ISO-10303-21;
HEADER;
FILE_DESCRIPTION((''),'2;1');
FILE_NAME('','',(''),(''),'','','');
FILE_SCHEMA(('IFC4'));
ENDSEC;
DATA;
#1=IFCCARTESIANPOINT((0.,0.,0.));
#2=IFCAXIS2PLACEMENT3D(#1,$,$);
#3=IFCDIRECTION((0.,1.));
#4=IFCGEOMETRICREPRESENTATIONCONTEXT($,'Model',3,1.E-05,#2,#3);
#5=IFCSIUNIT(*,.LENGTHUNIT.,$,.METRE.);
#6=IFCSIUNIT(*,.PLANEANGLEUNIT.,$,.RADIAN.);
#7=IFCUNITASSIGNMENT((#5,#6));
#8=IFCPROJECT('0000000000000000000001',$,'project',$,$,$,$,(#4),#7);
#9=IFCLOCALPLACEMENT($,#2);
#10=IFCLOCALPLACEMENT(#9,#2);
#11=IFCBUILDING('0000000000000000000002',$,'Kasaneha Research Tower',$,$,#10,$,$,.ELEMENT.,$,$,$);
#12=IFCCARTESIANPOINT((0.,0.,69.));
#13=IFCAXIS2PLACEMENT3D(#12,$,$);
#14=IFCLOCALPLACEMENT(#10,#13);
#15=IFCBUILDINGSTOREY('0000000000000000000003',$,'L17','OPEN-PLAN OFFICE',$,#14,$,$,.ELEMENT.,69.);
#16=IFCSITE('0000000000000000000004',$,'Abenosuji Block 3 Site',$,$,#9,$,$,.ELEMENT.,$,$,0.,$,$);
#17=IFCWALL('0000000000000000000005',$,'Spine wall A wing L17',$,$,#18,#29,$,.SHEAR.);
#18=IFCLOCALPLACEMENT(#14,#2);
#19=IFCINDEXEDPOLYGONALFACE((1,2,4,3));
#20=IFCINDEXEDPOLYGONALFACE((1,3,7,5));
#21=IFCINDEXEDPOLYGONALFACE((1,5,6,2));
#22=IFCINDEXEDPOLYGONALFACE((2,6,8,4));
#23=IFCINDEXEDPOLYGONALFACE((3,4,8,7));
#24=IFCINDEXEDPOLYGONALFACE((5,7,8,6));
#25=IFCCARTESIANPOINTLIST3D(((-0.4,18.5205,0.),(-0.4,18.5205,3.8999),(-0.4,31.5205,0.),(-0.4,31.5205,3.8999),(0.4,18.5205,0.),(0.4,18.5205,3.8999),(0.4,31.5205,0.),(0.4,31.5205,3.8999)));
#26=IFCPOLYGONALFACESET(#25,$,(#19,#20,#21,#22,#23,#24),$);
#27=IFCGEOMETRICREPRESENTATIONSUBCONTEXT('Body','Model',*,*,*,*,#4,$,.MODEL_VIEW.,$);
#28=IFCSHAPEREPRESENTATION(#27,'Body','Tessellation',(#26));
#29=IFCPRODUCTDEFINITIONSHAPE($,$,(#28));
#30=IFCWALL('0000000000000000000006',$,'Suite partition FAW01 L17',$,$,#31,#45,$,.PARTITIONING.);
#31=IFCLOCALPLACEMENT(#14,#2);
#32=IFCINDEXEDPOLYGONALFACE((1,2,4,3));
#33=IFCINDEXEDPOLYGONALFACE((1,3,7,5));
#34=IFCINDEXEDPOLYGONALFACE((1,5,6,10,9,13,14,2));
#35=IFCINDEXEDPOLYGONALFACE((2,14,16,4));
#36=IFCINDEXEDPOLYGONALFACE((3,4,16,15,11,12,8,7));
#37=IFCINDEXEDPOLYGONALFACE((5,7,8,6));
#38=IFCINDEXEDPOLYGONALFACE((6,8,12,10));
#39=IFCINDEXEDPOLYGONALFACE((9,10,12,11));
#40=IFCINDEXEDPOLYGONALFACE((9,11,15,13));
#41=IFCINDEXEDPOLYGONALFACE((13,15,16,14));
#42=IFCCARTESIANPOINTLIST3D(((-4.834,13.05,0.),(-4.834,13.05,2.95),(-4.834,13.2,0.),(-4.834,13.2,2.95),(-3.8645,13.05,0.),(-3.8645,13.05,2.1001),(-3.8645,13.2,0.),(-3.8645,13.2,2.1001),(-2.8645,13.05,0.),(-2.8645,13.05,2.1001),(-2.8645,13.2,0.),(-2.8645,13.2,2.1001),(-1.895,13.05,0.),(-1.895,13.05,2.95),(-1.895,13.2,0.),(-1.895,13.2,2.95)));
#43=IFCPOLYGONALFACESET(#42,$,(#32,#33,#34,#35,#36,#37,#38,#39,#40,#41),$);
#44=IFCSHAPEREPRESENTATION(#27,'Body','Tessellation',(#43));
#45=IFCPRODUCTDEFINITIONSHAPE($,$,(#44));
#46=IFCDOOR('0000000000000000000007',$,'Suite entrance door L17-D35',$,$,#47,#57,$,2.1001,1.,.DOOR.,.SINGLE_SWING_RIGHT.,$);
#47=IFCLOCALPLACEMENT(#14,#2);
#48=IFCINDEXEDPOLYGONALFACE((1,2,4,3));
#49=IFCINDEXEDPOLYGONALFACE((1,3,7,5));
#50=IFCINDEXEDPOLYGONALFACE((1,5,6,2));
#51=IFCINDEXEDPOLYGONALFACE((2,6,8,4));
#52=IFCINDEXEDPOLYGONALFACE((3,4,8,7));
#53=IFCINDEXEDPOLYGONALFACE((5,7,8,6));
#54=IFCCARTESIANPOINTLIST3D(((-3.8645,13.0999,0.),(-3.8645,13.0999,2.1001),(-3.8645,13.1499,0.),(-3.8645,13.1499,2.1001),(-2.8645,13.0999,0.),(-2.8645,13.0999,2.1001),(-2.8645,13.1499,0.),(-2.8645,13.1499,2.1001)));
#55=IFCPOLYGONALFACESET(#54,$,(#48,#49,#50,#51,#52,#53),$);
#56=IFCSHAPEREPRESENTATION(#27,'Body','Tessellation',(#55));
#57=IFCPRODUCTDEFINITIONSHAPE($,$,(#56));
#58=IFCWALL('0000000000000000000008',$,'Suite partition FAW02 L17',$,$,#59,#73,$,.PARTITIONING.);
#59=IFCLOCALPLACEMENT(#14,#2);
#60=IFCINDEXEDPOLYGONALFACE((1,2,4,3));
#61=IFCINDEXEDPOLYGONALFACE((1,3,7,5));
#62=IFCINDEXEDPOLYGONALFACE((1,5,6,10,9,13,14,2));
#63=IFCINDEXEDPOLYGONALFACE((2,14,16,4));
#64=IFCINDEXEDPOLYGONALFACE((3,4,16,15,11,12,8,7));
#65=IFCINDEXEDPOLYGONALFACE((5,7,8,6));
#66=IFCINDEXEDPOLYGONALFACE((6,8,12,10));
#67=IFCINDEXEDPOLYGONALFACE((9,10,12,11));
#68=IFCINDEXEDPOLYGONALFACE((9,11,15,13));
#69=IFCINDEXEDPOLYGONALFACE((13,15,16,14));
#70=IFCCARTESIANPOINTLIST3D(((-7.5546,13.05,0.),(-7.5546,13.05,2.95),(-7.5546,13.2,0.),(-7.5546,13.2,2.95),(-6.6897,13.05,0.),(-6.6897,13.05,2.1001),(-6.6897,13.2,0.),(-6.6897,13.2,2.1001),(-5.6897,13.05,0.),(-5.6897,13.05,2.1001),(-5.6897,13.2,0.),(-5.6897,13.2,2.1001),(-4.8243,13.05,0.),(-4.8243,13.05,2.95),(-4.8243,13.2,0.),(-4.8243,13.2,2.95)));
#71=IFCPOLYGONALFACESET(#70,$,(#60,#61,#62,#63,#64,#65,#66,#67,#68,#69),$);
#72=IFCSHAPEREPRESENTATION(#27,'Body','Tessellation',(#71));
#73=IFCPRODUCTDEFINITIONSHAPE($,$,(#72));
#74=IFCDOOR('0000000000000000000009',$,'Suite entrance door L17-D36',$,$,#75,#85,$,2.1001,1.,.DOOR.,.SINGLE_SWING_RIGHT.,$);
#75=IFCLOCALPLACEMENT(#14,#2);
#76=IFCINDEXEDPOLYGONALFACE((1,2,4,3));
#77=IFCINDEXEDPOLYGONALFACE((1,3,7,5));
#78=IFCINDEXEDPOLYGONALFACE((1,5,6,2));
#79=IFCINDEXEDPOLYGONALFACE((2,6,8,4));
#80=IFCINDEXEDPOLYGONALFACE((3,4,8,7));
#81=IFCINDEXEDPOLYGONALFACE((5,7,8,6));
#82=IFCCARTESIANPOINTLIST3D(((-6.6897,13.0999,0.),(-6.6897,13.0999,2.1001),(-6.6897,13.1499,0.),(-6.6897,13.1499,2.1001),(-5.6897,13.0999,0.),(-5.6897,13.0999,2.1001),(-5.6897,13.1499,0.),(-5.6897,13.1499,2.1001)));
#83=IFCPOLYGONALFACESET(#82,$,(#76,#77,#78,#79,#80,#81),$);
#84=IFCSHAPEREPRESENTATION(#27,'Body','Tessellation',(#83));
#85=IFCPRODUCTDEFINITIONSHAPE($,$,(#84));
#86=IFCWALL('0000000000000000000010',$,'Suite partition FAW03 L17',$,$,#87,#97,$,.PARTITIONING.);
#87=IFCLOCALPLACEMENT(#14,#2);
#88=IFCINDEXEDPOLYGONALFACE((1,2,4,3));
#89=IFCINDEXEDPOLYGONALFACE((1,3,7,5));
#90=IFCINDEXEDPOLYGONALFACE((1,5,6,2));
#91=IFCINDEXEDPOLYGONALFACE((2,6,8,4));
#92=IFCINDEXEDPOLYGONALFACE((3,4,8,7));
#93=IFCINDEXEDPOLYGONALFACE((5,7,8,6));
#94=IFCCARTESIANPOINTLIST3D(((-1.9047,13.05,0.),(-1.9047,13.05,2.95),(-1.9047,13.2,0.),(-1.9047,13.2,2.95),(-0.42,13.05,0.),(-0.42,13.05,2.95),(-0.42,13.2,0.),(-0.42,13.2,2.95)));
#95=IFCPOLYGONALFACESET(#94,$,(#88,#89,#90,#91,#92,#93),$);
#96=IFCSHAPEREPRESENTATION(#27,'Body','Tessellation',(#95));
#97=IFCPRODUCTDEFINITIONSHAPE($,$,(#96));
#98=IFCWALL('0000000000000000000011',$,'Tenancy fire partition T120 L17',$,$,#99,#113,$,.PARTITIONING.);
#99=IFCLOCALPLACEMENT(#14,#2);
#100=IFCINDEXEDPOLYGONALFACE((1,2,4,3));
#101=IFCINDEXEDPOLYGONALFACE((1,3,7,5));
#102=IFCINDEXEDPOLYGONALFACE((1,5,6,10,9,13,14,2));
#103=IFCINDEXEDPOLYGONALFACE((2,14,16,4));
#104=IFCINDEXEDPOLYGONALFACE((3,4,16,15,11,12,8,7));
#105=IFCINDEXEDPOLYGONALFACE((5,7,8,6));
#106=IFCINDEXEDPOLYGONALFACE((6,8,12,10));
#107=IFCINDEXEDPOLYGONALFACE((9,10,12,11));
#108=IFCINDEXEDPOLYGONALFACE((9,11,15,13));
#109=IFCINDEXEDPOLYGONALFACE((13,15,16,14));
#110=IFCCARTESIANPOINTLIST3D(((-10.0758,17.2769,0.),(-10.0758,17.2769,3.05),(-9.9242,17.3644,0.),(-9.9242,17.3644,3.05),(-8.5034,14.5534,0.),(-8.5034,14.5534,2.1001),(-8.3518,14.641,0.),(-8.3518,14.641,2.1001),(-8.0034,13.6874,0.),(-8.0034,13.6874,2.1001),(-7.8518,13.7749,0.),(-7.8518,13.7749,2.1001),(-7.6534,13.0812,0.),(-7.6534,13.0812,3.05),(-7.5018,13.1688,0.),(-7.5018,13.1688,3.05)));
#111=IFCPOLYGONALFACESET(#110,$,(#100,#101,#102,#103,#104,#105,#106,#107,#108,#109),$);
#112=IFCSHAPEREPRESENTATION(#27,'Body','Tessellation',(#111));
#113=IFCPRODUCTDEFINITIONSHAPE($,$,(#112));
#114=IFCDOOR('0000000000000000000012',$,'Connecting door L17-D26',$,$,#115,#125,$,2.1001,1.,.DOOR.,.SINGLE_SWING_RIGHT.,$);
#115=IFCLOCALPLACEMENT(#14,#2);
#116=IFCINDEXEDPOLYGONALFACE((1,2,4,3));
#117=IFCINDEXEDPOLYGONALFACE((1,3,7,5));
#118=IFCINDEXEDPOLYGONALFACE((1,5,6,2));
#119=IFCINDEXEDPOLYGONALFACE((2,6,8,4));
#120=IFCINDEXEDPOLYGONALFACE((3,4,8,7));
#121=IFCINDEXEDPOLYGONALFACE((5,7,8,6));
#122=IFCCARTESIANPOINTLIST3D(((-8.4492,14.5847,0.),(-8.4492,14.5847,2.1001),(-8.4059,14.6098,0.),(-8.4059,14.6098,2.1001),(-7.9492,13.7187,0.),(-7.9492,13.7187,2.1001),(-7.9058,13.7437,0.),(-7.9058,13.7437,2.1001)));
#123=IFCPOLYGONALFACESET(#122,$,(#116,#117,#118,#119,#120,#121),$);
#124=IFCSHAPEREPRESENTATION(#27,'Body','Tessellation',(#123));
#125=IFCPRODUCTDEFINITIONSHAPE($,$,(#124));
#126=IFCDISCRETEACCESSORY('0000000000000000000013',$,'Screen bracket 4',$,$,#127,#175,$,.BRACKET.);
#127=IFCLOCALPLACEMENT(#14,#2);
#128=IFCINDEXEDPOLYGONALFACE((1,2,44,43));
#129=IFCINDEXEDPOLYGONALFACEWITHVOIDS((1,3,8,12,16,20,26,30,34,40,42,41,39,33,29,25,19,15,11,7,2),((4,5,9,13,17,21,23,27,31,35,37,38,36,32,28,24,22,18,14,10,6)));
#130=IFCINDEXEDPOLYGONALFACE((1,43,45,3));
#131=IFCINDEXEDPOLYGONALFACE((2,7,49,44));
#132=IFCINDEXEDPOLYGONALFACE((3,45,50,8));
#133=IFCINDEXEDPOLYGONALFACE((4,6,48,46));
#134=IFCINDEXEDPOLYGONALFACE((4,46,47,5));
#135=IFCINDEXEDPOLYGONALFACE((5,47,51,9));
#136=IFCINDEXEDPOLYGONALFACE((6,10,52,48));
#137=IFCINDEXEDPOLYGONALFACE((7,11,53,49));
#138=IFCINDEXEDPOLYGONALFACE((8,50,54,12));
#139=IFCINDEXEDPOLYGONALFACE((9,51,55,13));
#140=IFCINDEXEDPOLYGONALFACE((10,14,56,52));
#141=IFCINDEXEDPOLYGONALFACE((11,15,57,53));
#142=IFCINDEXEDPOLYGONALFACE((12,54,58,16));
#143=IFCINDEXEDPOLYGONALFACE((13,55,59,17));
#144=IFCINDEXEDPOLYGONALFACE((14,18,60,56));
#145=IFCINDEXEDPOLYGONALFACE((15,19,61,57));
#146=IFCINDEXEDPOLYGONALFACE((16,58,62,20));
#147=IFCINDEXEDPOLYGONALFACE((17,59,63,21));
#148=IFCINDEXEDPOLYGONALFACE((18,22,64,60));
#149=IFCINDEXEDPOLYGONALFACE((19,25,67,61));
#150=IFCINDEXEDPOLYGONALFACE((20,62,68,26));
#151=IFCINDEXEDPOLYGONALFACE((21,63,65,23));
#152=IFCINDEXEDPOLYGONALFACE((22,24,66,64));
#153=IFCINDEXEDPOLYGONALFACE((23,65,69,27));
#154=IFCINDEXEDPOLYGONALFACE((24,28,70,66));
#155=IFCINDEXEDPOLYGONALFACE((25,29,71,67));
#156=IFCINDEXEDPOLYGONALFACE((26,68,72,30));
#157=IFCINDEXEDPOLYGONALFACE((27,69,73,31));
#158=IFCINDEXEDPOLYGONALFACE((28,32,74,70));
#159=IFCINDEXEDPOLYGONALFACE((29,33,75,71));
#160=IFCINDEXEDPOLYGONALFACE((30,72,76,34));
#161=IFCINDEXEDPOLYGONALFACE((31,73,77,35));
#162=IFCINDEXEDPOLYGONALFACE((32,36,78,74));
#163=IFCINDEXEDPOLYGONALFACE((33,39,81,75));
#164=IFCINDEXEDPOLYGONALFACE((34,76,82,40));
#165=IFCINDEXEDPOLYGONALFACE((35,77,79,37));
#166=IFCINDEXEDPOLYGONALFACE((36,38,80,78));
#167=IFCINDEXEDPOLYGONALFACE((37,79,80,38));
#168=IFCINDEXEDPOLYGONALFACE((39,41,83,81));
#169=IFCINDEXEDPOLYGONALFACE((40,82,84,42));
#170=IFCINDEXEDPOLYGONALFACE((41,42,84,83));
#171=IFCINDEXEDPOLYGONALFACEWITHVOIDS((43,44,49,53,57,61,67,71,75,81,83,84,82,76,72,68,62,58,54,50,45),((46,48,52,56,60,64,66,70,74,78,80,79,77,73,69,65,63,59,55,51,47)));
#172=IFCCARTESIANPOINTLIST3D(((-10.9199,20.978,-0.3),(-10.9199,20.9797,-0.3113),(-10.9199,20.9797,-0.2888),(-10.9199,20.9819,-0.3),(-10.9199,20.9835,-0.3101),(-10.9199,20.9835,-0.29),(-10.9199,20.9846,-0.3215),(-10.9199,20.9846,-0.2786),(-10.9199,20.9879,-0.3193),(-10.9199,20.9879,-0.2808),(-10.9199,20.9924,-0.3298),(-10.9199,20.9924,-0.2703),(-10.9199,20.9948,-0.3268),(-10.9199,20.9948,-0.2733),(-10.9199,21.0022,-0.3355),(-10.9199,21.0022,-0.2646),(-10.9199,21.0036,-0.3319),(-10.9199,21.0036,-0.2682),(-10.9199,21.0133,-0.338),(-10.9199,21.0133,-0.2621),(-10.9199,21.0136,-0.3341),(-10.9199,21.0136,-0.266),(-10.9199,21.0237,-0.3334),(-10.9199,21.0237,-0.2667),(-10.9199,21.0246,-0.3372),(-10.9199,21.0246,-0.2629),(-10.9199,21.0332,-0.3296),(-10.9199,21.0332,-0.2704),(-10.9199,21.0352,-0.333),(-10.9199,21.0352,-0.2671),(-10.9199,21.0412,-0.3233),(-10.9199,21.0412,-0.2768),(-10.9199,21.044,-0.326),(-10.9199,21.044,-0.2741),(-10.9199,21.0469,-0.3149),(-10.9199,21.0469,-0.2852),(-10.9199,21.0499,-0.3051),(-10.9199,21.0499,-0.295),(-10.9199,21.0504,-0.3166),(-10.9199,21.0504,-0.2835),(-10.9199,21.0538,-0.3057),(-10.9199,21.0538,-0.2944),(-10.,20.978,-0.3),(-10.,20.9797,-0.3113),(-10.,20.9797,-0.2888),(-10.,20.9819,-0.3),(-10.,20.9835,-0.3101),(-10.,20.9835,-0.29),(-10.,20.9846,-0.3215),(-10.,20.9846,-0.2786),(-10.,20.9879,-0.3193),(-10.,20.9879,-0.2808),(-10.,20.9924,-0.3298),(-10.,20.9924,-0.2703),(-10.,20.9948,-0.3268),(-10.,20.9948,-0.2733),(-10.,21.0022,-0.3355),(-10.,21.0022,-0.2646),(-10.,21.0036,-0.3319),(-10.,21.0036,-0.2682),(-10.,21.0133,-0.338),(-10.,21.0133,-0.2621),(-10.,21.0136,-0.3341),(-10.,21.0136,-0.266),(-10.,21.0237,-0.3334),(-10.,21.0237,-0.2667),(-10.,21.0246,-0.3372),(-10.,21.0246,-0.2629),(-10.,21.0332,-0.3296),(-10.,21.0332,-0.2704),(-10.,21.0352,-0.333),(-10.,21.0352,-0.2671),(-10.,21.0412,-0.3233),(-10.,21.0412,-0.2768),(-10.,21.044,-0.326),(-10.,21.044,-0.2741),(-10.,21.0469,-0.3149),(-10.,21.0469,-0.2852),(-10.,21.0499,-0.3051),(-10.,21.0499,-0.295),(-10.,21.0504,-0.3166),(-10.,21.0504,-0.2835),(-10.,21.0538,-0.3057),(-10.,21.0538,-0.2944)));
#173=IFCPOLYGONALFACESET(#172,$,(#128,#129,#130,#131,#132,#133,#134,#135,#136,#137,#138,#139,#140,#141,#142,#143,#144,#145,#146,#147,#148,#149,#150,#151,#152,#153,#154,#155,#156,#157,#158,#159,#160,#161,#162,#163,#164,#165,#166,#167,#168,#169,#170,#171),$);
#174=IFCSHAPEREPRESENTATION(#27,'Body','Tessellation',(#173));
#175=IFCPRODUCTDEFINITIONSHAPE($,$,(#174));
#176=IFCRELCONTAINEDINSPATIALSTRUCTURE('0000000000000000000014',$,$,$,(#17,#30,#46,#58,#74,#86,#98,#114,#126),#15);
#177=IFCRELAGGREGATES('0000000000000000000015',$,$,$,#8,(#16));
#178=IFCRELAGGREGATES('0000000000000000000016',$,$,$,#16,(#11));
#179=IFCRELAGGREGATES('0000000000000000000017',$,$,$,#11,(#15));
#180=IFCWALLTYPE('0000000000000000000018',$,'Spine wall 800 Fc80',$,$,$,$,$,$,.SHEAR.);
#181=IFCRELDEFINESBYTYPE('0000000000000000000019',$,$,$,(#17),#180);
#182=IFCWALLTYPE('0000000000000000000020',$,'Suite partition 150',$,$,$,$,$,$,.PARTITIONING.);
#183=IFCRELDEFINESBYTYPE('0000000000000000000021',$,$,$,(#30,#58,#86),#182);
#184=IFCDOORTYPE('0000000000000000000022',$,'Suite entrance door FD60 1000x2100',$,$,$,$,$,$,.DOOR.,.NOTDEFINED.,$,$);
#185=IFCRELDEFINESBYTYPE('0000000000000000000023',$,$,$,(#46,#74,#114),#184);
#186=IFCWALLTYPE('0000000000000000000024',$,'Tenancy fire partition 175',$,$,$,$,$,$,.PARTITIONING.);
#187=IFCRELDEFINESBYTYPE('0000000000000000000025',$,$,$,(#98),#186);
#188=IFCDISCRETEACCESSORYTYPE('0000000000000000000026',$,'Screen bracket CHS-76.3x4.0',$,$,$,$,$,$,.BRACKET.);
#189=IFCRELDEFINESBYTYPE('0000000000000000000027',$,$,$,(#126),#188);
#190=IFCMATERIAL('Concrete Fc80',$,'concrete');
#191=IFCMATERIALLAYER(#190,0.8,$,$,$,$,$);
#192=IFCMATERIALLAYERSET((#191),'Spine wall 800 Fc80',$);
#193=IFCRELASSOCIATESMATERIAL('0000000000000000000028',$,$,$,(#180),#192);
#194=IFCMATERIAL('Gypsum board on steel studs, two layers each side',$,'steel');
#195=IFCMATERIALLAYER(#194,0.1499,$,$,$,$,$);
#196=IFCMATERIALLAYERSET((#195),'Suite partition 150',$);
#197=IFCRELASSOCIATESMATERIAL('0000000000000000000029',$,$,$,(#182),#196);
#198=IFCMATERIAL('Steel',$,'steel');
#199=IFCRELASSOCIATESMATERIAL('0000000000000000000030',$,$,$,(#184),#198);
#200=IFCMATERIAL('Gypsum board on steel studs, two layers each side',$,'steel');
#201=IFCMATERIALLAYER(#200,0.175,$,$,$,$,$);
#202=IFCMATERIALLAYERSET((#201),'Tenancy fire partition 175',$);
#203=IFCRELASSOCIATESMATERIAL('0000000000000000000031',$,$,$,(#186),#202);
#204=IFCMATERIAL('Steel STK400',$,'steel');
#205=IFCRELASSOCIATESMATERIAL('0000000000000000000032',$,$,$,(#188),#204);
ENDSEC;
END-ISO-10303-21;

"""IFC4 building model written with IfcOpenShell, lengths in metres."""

from ifc_helpers import new_model, si_unit, direction, frame, frame_2d, origin, origin_2d, place, context, subcontext, project, spatial, rectangle, hollow_circle, extrude, material, layer, layer_set, material_profile, profile_set, type_object, element, fill, save


model = new_model("IFC4")

# Units and contexts
model_context = context("Model", 3, precision=1e-05, world=origin(), true_north=direction((0.0, 1.0)))
body_context = subcontext(model_context, "Body", "Model", "MODEL_VIEW")
ifc_project = project(units=[si_unit("LENGTHUNIT", "METRE"), si_unit("PLANEANGLEUNIT", "RADIAN")], contexts=[model_context])

# Site, building, storey
site_placement = place(None, origin())
site = spatial("IfcSite", under=ifc_project, at=site_placement, Name="Abenosuji Block 3 Site", CompositionType="ELEMENT", RefElevation=0.0)
building_placement = place(site_placement, origin())
building = spatial("IfcBuilding", under=site, at=building_placement, Name="Kasaneha Research Tower", CompositionType="ELEMENT")
storey_placement = place(building_placement, frame((0.0, 0.0, 69.0)))
storey = spatial("IfcBuildingStorey", under=building, at=storey_placement, Name="L17", Description="OPEN-PLAN OFFICE", CompositionType="ELEMENT", Elevation=69.0)

# Wall
ifc_material_1 = material(Name="Concrete Fc80", Category="concrete")
ifc_layer_1 = layer(ifc_material_1, 0.8)
ifc_layer_set_1 = layer_set([ifc_layer_1], Name="Spine wall 800 Fc80")
wall_type_1 = type_object("IfcWallType", Name="Spine wall 800 Fc80", PredefinedType="SHEAR", material=ifc_layer_set_1)
wall_1_placement = place(storey_placement, frame((0.0, 18.5205, 0.0), z_axis=(0.0, 0.0, 1.0), x_axis=(0.0, 1.0, 0.0)))
element("IfcWall", 1, at=wall_1_placement, inside=storey, type_object=wall_type_1, Name="Spine wall A wing L17", PredefinedType="SHEAR", context=body_context, shape_type="SweptSolid", body=[
    extrude(rectangle(XDim=13.0, YDim=0.8, at=frame_2d((6.5, 0.0))), origin(), (0.0, 0.0, 1.0), 3.8999),
])

# Walls, openings, doors
ifc_material_2 = material(Name="Gypsum board on steel studs, two layers each side", Category="steel")
ifc_layer_2 = layer(ifc_material_2, 0.1499)
ifc_layer_set_2 = layer_set([ifc_layer_2], Name="Suite partition 150")
wall_type_2 = type_object("IfcWallType", Name="Suite partition 150", PredefinedType="PARTITIONING", material=ifc_layer_set_2)
wall_2_placement = place(storey_placement, frame((-4.834, 13.125, 0.0), z_axis=(0.0, 0.0, 1.0), x_axis=(1.0, 0.0, 0.0)))
wall_2 = element("IfcWall", 2, at=wall_2_placement, inside=storey, type_object=wall_type_2, Name="Suite partition FAW01 L17", PredefinedType="PARTITIONING", context=body_context, shape_type="SweptSolid", body=[
    extrude(rectangle(XDim=2.939, YDim=0.1499, at=frame_2d((1.4695, 0.0))), origin(), (0.0, 0.0, 1.0), 2.95),
])
opening_1_placement = place(wall_2_placement, frame((0.9695, 0.0, 0.0)))
opening_1 = element("IfcOpeningElement", 3, at=opening_1_placement, cuts=wall_2, PredefinedType="OPENING", context=body_context, shape_type="SweptSolid", body=[
    extrude(rectangle(XDim=1.0, YDim=2.1001, at=frame_2d((0.5, 1.05))), frame((0.0, 0.085, 0.0), z_axis=(0.0, -1.0, 0.0), x_axis=(1.0, 0.0, 0.0)), (0.0, 0.0, 1.0), 0.1699),
])
ifc_material_3 = material(Name="Steel", Category="steel")
door_type_1 = type_object("IfcDoorType", Name="Suite entrance door FD60 1000x2100", OperationType="NOTDEFINED", PredefinedType="DOOR", material=ifc_material_3)
door_1_placement = place(opening_1_placement, origin())
door_1 = element("IfcDoor", 4, at=door_1_placement, inside=storey, type_object=door_type_1, Name="Suite entrance door L17-D35", OperationType="SINGLE_SWING_RIGHT", OverallHeight=2.1001, OverallWidth=1.0, PredefinedType="DOOR", context=body_context, shape_type="SweptSolid", body=[
    extrude(rectangle(XDim=1.0, YDim=2.1001, at=frame_2d((0.5, 1.05))), frame((0.0, 0.0249, 0.0), z_axis=(0.0, -1.0, 0.0), x_axis=(1.0, 0.0, 0.0)), (0.0, 0.0, 1.0), 0.05),
])
fill(opening_1, door_1)
wall_3_placement = place(storey_placement, frame((-7.5547, 13.125, 0.0), z_axis=(0.0, 0.0, 1.0), x_axis=(1.0, 0.0, 0.0)))
wall_3 = element("IfcWall", 5, at=wall_3_placement, inside=storey, type_object=wall_type_2, Name="Suite partition FAW02 L17", PredefinedType="PARTITIONING", context=body_context, shape_type="SweptSolid", body=[
    extrude(rectangle(XDim=2.7302, YDim=0.1499, at=frame_2d((1.3652, 0.0))), origin(), (0.0, 0.0, 1.0), 2.95),
])
opening_2_placement = place(wall_3_placement, frame((0.865, 0.0, 0.0)))
opening_2 = element("IfcOpeningElement", 6, at=opening_2_placement, cuts=wall_3, PredefinedType="OPENING", context=body_context, shape_type="SweptSolid", body=[
    extrude(rectangle(XDim=1.0, YDim=2.1001, at=frame_2d((0.5, 1.05))), frame((0.0, 0.085, 0.0), z_axis=(0.0, -1.0, 0.0), x_axis=(1.0, 0.0, 0.0)), (0.0, 0.0, 1.0), 0.1699),
])
door_2_placement = place(opening_2_placement, origin())
door_2 = element("IfcDoor", 7, at=door_2_placement, inside=storey, type_object=door_type_1, Name="Suite entrance door L17-D36", OperationType="SINGLE_SWING_RIGHT", OverallHeight=2.1001, OverallWidth=1.0, PredefinedType="DOOR", context=body_context, shape_type="SweptSolid", body=[
    extrude(rectangle(XDim=1.0, YDim=2.1001, at=frame_2d((0.5, 1.05))), frame((0.0, 0.0249, 0.0), z_axis=(0.0, -1.0, 0.0), x_axis=(1.0, 0.0, 0.0)), (0.0, 0.0, 1.0), 0.05),
])
fill(opening_2, door_2)

# Wall
wall_4_placement = place(storey_placement, frame((-1.9045, 13.125, 0.0), z_axis=(0.0, 0.0, 1.0), x_axis=(1.0, 0.0, 0.0)))
element("IfcWall", 8, at=wall_4_placement, inside=storey, type_object=wall_type_2, Name="Suite partition FAW03 L17", PredefinedType="PARTITIONING", context=body_context, shape_type="SweptSolid", body=[
    extrude(rectangle(XDim=1.4846, YDim=0.1499, at=frame_2d((0.7422, 0.0))), origin(), (0.0, 0.0, 1.0), 2.95),
])

# Wall, opening, door
ifc_material_4 = material(Name="Gypsum board on steel studs, two layers each side", Category="steel")
ifc_layer_3 = layer(ifc_material_4, 0.175)
ifc_layer_set_3 = layer_set([ifc_layer_3], Name="Tenancy fire partition 175")
wall_type_3 = type_object("IfcWallType", Name="Tenancy fire partition 175", PredefinedType="PARTITIONING", material=ifc_layer_set_3)
wall_5_placement = place(storey_placement, frame((-7.5776, 13.125, 0.0), z_axis=(0.0, 0.0, 1.0), x_axis=(-0.500009, 0.86602, 0.0)))
wall_5 = element("IfcWall", 9, at=wall_5_placement, inside=storey, type_object=wall_type_3, Name="Tenancy fire partition T120 L17", PredefinedType="PARTITIONING", context=body_context, shape_type="SweptSolid", body=[
    extrude(rectangle(XDim=4.8447, YDim=0.175, at=frame_2d((2.4224, 0.0))), origin(), (0.0, 0.0, 1.0), 3.05),
])
opening_3_placement = place(wall_5_placement, frame((0.7, 0.0, 0.0)))
opening_3 = element("IfcOpeningElement", 10, at=opening_3_placement, cuts=wall_5, PredefinedType="OPENING", context=body_context, shape_type="SweptSolid", body=[
    extrude(rectangle(XDim=1.0, YDim=2.1001, at=frame_2d((0.5, 1.05))), frame((0.0, 0.0977, 0.0), z_axis=(0.0, -1.0, 0.0), x_axis=(1.0, 0.0, 0.0)), (0.0, 0.0, 1.0), 0.1951),
])
door_3_placement = place(opening_3_placement, origin())
door_3 = element("IfcDoor", 11, at=door_3_placement, inside=storey, type_object=door_type_1, Name="Connecting door L17-D26", OperationType="SINGLE_SWING_RIGHT", OverallHeight=2.1001, OverallWidth=1.0, PredefinedType="DOOR", context=body_context, shape_type="SweptSolid", body=[
    extrude(rectangle(XDim=1.0, YDim=2.1001, at=frame_2d((0.5, 1.05))), frame((0.0, 0.0249, 0.0), z_axis=(0.0, -1.0, 0.0), x_axis=(1.0, 0.0, 0.0)), (0.0, 0.0, 1.0), 0.05),
])
fill(opening_3, door_3)

# Discrete accessory
ifc_material_5 = material(Name="Steel STK400", Category="steel")
ifc_material_profile_1 = material_profile(ifc_material_5, hollow_circle(Radius=0.0381, WallThickness=0.0039, at=origin_2d()), Name="CHS-76.3x4.0")
ifc_profile_set_1 = profile_set([ifc_material_profile_1], Name="Steel STK400")
discrete_accessory_type = type_object("IfcDiscreteAccessoryType", Name="Screen bracket CHS-76.3x4.0", PredefinedType="BRACKET", material=ifc_profile_set_1)
for number, where, z_axis, x_axis, name in (
    (12, (-10.0, 21.0161, -0.3), (-1.0, 0.0, 0.0), (0.0, -1.0, 0.0), "Screen bracket 4"),
):
    element("IfcDiscreteAccessory", number, at=place(storey_placement, frame(where, z_axis=z_axis, x_axis=x_axis)), inside=storey, type_object=discrete_accessory_type, Name=name, PredefinedType="BRACKET", context=body_context, shape_type="SweptSolid", body=[
        extrude(hollow_circle(Radius=0.0381, WallThickness=0.0039, at=origin_2d()), origin(), (0.0, 0.0, 1.0), 0.9199),
    ])

save(model, "model.ifc")
